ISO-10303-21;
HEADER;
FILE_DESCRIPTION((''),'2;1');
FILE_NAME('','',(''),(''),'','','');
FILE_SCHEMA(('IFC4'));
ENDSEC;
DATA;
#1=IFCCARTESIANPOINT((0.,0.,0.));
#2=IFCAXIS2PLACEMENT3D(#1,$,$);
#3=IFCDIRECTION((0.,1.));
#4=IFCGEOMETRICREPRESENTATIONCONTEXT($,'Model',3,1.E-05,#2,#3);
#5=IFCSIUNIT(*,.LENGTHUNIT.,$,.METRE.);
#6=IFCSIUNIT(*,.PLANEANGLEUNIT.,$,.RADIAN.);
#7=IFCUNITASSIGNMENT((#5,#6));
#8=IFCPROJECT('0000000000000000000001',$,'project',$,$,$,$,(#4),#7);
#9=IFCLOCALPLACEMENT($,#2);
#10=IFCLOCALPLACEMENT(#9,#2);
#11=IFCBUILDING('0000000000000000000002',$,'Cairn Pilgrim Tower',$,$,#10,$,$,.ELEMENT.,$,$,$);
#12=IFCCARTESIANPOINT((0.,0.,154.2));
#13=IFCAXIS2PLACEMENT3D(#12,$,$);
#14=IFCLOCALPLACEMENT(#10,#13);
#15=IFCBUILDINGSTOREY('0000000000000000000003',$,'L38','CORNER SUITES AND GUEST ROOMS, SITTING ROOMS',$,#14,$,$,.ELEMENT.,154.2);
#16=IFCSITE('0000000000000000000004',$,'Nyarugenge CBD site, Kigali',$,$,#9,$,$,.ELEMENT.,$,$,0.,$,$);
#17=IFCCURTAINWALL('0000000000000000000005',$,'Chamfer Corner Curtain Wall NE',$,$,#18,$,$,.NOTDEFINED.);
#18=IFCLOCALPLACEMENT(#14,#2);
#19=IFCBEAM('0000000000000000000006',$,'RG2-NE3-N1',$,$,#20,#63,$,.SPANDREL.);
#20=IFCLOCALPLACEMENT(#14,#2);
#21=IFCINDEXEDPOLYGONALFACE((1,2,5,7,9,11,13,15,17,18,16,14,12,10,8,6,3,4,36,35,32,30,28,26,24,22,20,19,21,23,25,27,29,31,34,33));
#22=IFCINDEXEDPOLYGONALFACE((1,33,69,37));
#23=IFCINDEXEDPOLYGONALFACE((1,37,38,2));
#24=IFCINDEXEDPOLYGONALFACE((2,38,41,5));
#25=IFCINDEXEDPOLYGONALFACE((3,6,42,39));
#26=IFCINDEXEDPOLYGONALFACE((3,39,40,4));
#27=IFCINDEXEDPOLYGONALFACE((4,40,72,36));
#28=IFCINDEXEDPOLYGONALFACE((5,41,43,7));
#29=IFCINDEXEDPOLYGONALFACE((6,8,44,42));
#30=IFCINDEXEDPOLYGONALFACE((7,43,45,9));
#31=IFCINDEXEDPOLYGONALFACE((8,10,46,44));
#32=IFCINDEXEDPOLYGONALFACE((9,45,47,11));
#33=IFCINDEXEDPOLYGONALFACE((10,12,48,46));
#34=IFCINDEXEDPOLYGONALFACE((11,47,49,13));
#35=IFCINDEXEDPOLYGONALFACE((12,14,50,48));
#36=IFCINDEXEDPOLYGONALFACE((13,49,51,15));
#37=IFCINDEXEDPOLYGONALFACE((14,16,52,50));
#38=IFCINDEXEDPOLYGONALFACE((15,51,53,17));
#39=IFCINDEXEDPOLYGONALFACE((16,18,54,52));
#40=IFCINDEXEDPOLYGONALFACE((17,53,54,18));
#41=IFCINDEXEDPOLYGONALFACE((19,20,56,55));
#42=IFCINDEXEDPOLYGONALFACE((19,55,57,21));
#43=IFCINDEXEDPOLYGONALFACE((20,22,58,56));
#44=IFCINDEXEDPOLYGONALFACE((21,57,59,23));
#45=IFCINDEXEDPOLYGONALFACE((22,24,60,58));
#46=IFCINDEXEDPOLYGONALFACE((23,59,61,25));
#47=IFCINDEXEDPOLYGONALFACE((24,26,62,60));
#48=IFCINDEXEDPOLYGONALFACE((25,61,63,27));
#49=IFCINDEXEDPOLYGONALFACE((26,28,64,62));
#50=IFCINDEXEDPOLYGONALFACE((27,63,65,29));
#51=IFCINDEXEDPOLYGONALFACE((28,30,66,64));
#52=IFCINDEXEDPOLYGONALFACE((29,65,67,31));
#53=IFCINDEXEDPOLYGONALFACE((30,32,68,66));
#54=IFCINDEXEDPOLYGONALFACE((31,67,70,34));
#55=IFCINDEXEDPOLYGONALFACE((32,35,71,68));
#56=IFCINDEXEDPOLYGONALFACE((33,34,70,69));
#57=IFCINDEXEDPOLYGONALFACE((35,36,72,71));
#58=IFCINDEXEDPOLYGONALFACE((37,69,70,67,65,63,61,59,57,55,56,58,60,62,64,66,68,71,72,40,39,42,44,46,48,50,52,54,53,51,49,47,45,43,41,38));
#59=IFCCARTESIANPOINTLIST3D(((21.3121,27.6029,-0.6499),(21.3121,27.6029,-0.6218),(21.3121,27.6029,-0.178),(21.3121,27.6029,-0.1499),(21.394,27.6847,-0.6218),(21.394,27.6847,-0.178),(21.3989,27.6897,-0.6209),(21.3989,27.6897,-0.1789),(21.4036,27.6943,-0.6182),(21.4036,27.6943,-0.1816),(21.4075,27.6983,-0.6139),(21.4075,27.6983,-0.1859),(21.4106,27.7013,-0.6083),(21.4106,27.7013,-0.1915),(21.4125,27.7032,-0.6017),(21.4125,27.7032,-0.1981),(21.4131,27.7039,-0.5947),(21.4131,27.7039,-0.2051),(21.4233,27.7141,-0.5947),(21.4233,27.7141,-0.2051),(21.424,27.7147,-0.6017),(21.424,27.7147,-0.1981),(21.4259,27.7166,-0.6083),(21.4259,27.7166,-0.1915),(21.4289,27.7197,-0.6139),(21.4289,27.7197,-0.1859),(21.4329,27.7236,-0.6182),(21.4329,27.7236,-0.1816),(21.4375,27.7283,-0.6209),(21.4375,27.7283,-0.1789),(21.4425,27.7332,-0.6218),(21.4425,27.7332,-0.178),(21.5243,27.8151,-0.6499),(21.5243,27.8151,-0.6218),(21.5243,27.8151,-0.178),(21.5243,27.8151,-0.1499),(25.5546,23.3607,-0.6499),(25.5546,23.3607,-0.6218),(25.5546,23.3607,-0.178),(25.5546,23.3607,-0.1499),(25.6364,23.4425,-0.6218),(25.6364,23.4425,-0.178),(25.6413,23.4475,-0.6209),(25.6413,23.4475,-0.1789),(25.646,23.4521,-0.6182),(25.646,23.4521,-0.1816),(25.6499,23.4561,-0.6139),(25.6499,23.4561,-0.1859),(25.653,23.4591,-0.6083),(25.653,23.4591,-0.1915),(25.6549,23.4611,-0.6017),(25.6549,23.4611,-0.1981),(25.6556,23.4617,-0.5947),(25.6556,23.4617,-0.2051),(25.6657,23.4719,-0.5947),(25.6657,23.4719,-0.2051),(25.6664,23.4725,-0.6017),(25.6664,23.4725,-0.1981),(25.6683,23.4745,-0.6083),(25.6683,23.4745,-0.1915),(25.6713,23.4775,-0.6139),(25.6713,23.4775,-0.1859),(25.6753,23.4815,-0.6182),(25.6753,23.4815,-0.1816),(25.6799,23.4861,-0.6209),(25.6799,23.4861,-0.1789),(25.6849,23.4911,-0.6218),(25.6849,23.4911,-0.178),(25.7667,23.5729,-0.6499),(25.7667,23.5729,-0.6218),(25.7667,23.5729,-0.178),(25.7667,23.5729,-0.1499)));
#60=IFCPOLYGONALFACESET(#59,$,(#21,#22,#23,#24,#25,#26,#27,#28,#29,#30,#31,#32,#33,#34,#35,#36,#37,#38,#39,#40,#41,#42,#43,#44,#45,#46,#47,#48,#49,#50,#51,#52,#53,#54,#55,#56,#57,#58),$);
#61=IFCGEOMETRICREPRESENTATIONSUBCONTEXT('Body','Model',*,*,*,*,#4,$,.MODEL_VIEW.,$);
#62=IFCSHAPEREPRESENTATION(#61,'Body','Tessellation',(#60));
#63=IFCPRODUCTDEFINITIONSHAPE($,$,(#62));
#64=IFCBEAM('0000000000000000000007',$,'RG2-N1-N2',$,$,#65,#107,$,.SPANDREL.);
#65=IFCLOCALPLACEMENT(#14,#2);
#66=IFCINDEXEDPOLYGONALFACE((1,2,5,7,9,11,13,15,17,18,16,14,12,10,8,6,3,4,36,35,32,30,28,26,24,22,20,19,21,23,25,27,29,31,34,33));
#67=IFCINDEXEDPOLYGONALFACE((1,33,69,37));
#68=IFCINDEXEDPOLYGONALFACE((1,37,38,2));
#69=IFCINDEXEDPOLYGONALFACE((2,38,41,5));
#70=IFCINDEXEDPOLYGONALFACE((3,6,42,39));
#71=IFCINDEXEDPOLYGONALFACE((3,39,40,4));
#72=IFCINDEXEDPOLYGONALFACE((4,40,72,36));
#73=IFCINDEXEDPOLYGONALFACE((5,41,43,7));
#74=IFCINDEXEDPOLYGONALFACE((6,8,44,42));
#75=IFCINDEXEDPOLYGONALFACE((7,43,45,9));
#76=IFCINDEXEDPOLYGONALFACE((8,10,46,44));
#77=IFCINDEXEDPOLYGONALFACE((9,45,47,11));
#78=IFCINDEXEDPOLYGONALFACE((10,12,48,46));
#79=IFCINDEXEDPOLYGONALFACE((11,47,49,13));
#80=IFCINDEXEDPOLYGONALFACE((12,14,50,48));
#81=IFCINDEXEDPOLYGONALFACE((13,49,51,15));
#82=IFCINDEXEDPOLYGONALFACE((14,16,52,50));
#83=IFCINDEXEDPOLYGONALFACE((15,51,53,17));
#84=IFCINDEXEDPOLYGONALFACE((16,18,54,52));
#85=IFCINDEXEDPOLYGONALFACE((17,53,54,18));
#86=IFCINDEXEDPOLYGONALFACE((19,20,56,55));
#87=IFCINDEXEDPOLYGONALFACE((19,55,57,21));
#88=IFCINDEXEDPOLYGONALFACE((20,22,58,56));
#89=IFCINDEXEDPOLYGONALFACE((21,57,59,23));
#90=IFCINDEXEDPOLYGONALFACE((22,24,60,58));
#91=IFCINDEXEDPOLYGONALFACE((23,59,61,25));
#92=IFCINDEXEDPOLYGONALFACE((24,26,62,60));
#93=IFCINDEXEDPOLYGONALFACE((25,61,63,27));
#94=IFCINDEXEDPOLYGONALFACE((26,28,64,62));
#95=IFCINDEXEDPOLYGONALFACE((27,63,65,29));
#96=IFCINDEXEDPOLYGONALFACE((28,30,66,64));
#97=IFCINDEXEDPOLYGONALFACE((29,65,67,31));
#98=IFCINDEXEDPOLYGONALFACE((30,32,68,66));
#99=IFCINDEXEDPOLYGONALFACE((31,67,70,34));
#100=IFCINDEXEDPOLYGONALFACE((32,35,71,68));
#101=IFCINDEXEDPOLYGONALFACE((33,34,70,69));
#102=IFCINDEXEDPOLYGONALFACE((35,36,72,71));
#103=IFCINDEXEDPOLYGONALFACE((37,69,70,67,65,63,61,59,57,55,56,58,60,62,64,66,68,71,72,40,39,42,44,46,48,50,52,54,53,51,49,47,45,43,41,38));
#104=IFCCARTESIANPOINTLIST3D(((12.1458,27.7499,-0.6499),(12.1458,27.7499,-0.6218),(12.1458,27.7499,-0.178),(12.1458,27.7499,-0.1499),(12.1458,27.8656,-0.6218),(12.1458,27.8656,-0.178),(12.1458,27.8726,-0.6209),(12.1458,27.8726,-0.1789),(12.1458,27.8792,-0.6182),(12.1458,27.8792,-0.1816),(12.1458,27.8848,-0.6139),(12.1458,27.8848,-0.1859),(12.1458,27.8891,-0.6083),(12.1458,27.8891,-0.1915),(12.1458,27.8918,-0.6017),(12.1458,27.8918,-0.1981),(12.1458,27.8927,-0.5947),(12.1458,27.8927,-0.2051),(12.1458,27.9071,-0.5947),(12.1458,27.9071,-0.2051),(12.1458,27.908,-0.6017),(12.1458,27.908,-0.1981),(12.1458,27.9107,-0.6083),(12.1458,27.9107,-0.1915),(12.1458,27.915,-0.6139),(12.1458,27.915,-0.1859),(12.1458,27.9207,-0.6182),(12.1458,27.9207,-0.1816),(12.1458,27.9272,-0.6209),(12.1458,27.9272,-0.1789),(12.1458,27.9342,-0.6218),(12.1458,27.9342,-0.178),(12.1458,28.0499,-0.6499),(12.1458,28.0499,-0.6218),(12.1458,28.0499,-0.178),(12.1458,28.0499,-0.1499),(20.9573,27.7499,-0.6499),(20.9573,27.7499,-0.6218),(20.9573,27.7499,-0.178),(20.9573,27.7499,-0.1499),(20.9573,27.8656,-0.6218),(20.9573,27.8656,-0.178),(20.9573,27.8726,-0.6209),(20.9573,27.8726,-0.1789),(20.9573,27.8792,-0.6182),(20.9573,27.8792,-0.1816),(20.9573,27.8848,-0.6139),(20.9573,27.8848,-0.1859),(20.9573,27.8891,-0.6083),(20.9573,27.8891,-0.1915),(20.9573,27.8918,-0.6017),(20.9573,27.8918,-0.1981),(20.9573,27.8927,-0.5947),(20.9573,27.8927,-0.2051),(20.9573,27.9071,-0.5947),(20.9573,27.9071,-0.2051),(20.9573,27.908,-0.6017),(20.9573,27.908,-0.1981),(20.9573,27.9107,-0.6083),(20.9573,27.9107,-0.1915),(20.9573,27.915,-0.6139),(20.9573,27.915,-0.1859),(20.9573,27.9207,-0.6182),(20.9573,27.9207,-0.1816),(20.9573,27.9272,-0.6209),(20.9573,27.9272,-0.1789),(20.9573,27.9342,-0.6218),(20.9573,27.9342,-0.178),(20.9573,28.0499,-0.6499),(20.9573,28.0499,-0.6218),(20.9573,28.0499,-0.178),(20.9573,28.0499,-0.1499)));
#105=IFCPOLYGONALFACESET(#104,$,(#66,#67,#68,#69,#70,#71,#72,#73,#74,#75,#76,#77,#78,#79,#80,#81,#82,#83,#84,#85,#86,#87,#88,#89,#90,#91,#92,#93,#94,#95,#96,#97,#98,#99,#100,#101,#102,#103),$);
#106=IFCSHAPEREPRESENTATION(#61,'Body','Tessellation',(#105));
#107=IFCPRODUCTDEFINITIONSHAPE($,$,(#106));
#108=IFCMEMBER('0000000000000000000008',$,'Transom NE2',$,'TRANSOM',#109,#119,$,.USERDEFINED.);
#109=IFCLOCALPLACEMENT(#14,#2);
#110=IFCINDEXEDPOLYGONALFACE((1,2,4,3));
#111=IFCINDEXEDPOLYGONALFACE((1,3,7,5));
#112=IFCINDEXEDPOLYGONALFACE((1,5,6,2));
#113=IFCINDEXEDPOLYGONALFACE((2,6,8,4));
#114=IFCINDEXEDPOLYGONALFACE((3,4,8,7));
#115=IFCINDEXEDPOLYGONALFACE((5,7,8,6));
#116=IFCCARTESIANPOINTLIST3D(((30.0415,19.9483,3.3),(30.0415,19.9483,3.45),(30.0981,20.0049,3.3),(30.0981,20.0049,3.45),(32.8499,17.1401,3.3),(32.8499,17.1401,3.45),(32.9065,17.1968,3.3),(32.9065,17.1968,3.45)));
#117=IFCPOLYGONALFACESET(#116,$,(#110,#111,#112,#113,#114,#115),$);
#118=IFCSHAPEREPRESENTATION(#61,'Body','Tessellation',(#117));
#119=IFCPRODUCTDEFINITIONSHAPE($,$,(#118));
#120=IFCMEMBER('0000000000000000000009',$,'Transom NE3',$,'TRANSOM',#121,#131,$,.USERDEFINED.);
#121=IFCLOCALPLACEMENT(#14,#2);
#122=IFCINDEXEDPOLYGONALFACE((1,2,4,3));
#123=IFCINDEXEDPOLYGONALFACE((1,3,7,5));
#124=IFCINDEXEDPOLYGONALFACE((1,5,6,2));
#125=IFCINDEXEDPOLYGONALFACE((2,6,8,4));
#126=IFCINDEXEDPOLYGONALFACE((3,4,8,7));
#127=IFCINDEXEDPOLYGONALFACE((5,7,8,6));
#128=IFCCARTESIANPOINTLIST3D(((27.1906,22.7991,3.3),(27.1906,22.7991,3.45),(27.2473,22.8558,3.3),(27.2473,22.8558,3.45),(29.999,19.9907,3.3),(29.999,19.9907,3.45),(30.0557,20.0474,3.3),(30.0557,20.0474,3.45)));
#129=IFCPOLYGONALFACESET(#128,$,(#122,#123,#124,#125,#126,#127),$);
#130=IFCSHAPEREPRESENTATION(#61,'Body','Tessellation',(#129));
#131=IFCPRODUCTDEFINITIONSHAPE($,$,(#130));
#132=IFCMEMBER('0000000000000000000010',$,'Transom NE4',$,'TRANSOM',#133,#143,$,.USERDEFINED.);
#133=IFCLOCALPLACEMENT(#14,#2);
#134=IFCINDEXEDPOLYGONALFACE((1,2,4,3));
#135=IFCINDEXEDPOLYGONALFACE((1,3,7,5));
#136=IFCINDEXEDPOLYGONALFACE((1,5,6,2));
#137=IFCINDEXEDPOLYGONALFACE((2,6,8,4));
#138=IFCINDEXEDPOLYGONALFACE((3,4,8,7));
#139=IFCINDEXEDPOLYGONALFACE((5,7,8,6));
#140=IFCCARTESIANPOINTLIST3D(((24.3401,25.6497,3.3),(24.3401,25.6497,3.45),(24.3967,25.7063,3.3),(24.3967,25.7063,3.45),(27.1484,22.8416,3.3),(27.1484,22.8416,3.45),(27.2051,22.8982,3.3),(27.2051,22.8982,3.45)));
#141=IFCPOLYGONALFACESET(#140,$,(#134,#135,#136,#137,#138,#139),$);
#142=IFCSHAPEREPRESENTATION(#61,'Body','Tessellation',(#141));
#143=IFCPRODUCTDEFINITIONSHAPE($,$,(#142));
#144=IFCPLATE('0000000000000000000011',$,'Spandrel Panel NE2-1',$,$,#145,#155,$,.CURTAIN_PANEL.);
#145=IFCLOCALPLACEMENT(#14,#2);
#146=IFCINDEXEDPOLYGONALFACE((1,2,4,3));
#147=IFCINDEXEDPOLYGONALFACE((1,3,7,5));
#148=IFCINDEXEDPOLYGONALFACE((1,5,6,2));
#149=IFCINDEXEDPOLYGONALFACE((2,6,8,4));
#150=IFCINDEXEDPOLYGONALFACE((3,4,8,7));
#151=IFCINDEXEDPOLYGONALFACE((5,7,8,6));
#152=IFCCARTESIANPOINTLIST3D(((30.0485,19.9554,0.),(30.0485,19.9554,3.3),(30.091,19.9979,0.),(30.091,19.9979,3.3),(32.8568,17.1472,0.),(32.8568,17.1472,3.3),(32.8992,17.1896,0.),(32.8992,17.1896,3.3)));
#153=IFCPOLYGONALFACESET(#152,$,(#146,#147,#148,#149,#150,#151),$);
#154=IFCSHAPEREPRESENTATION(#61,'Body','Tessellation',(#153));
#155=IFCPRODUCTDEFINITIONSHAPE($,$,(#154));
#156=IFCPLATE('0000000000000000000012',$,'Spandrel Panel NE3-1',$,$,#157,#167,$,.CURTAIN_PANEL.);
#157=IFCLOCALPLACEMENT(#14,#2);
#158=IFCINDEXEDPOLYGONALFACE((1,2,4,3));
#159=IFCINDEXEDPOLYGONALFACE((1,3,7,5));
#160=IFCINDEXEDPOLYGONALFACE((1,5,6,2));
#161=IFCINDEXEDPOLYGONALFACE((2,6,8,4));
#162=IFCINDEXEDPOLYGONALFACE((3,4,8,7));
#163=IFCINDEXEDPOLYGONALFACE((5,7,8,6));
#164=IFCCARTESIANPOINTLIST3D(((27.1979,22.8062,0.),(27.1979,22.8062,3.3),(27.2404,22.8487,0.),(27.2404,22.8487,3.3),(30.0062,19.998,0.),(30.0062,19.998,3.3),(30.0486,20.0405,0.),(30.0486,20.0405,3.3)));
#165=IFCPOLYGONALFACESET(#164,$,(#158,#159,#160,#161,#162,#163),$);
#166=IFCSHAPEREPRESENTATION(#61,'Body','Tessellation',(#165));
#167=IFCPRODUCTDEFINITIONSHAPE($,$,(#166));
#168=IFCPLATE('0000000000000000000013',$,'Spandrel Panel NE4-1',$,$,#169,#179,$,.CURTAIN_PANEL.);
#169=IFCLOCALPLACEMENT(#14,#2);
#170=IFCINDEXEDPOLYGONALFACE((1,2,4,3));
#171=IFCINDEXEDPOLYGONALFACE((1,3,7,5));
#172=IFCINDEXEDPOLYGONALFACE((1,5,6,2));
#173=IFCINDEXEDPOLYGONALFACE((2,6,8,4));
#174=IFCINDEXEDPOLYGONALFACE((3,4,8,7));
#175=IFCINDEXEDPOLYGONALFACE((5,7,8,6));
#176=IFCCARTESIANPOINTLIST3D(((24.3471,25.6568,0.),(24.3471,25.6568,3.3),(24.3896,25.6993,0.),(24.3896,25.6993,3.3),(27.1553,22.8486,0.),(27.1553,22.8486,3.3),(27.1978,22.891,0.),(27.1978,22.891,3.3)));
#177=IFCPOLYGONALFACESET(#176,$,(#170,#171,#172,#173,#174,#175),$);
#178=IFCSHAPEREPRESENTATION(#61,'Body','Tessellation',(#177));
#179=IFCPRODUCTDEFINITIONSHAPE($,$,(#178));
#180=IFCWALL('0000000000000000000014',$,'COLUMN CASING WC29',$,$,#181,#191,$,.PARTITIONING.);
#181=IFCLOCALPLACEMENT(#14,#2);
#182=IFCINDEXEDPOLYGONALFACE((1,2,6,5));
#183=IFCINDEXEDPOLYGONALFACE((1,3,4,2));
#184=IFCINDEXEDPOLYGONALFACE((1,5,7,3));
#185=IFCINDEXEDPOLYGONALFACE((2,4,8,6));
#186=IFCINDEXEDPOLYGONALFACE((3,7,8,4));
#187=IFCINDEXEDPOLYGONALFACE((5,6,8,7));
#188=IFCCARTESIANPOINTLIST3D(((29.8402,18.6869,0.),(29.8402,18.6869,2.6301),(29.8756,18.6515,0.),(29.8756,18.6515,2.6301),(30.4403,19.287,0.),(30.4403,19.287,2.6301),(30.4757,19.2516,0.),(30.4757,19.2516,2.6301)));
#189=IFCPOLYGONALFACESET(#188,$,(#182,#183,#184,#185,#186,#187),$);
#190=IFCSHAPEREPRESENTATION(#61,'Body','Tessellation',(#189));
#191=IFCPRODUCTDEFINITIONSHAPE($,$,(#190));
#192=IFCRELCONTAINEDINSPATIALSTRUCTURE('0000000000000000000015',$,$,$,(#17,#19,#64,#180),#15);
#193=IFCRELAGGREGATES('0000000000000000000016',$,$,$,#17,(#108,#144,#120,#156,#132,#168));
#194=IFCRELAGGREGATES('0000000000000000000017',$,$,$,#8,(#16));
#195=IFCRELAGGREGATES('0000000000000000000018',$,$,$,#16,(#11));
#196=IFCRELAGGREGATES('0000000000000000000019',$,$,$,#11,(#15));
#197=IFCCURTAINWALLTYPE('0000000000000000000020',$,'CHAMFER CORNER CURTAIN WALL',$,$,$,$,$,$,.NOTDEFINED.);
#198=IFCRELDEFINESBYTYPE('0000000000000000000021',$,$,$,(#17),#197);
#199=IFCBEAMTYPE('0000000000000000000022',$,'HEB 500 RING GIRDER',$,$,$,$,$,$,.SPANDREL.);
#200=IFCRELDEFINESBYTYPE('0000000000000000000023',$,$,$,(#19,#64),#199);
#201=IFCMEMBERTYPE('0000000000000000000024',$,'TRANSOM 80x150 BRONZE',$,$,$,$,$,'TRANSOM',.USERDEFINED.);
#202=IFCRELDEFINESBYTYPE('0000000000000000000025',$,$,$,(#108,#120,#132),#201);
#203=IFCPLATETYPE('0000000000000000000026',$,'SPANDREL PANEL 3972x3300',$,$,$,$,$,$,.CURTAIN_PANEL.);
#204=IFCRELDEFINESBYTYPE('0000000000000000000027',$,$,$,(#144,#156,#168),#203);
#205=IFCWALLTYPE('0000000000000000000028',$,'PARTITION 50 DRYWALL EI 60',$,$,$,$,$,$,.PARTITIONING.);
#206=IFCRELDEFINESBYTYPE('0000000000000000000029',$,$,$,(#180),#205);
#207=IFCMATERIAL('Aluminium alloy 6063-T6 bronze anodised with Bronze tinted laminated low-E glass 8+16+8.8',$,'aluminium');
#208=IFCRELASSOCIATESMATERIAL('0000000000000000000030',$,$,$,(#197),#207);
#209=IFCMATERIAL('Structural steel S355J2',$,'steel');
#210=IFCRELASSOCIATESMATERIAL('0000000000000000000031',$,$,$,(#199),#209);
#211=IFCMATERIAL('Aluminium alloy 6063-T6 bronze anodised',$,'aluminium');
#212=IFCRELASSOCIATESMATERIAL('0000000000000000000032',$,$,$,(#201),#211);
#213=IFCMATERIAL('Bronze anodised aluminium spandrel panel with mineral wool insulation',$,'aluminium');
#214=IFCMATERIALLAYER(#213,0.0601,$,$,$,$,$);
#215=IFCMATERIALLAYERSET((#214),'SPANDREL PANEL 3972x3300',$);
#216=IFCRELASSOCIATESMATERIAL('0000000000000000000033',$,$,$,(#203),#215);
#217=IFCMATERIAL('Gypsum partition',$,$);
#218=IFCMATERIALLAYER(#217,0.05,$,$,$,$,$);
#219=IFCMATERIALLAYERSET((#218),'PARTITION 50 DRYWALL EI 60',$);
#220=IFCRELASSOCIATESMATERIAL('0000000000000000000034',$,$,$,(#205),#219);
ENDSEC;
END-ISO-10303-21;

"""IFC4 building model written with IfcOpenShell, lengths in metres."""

from ifc_helpers import new_model, si_unit, direction, frame, frame_2d, origin, origin_2d, place, context, subcontext, project, spatial, rectangle, i_section, extrude, material, layer, layer_set, material_profile, profile_set, type_object, element, aggregate, save


model = new_model("IFC4")

# Units and contexts
model_context = context("Model", 3, precision=1e-05, world=origin(), true_north=direction((0.0, 1.0)))
body_context = subcontext(model_context, "Body", "Model", "MODEL_VIEW")
ifc_project = project(units=[si_unit("LENGTHUNIT", "METRE"), si_unit("PLANEANGLEUNIT", "RADIAN")], contexts=[model_context])

# Site, building, storey
site_placement = place(None, origin())
site = spatial("IfcSite", under=ifc_project, at=site_placement, Name="Nyarugenge CBD site, Kigali", CompositionType="ELEMENT", RefElevation=0.0)
building_placement = place(site_placement, origin())
building = spatial("IfcBuilding", under=site, at=building_placement, Name="Cairn Pilgrim Tower", CompositionType="ELEMENT")
storey_placement = place(building_placement, frame((0.0, 0.0, 154.2)))
storey = spatial("IfcBuildingStorey", under=building, at=storey_placement, Name="L38", Description="CORNER SUITES AND GUEST ROOMS, SITTING ROOMS", CompositionType="ELEMENT", Elevation=154.2)

# Shared definitions
ifc_material_1 = material(Name="Structural steel S355J2", Category="steel")

# Curtain wall
ifc_material_2 = material(Name="Aluminium alloy 6063-T6 bronze anodised with Bronze tinted laminated low-E glass 8+16+8.8", Category="aluminium")
curtain_wall_type_1 = type_object("IfcCurtainWallType", Name="CHAMFER CORNER CURTAIN WALL", PredefinedType="NOTDEFINED", material=ifc_material_2)
curtain_wall_1_placement = place(storey_placement, origin())
curtain_wall_1 = element("IfcCurtainWall", 1, at=curtain_wall_1_placement, inside=storey, type_object=curtain_wall_type_1, Name="Chamfer Corner Curtain Wall NE", PredefinedType="NOTDEFINED")
ifc_material_3 = material(Name="Aluminium alloy 6063-T6 bronze anodised", Category="aluminium")

# Beams
ifc_material_profile_1 = material_profile(ifc_material_1, i_section(OverallWidth=0.3, OverallDepth=0.5, WebThickness=0.0144, FlangeThickness=0.0281, FilletRadius=0.0271, at=origin_2d()), Name="HEB 500")
ifc_profile_set_1 = profile_set([ifc_material_profile_1], Name="Structural steel S355J2")
beam_type_1 = type_object("IfcBeamType", Name="HEB 500 RING GIRDER", PredefinedType="SPANDREL", material=ifc_profile_set_1)
beam_1_placement = place(storey_placement, frame((25.6606, 23.4668, -0.3999), z_axis=(-0.707127, 0.707086, 0.0), x_axis=(-0.707086, -0.707127, 0.0)))
element("IfcBeam", 2, at=beam_1_placement, inside=storey, type_object=beam_type_1, Name="RG2-NE3-N1", PredefinedType="SPANDREL", context=body_context, shape_type="SweptSolid", body=[
    extrude(i_section(OverallWidth=0.3, OverallDepth=0.5, WebThickness=0.0144, FlangeThickness=0.0281, FilletRadius=0.0271, at=origin_2d()), origin(), (0.0, 0.0, 1.0), 5.9995),
])
beam_2_placement = place(storey_placement, frame((20.9573, 27.8999, -0.3999), z_axis=(-1.0, 0.0, 0.0), x_axis=(0.0, -1.0, 0.0)))
element("IfcBeam", 3, at=beam_2_placement, inside=storey, type_object=beam_type_1, Name="RG2-N1-N2", PredefinedType="SPANDREL", context=body_context, shape_type="SweptSolid", body=[
    extrude(i_section(OverallWidth=0.3, OverallDepth=0.5, WebThickness=0.0144, FlangeThickness=0.0281, FilletRadius=0.0271, at=origin_2d()), origin(), (0.0, 0.0, 1.0), 8.8115),
])

# Members
ifc_material_profile_2 = material_profile(ifc_material_3, rectangle(XDim=0.0801, YDim=0.1499, at=origin_2d()), Name="TRANSOM 80x150 BRONZE")
ifc_profile_set_2 = profile_set([ifc_material_profile_2], Name="Aluminium alloy 6063-T6 bronze anodised")
member_type_1 = type_object("IfcMemberType", Name="TRANSOM 80x150 BRONZE", ElementType="TRANSOM", PredefinedType="USERDEFINED", material=ifc_profile_set_2)
member_1_placement = place(storey_placement, frame((32.8782, 17.1685, 3.375), z_axis=(-0.707138, 0.707076, 0.0), x_axis=(-0.707076, -0.707138, 0.0)))
member_1 = element("IfcMember", 4, at=member_1_placement, type_object=member_type_1, Name="Transom NE2", ObjectType="TRANSOM", PredefinedType="USERDEFINED", context=body_context, shape_type="SweptSolid", body=[
    extrude(rectangle(XDim=0.0801, YDim=0.1499, at=origin_2d()), origin(), (0.0, 0.0, 1.0), 3.9714),
])
member_2_placement = place(storey_placement, frame((30.0273, 20.019, 3.375), z_axis=(-0.707107, 0.707107, 0.0), x_axis=(-0.707107, -0.707107, 0.0)))
member_2 = element("IfcMember", 5, at=member_2_placement, type_object=member_type_1, Name="Transom NE3", ObjectType="TRANSOM", PredefinedType="USERDEFINED", context=body_context, shape_type="SweptSolid", body=[
    extrude(rectangle(XDim=0.0801, YDim=0.1499, at=origin_2d()), origin(), (0.0, 0.0, 1.0), 3.9717),
])
member_3_placement = place(storey_placement, frame((27.1768, 22.8699, 3.375), z_axis=(-0.707138, 0.707076, 0.0), x_axis=(-0.707076, -0.707138, 0.0)))
member_3 = element("IfcMember", 6, at=member_3_placement, type_object=member_type_1, Name="Transom NE4", ObjectType="TRANSOM", PredefinedType="USERDEFINED", context=body_context, shape_type="SweptSolid", body=[
    extrude(rectangle(XDim=0.0801, YDim=0.1499, at=origin_2d()), origin(), (0.0, 0.0, 1.0), 3.9714),
])

# Plates
ifc_material_4 = material(Name="Bronze anodised aluminium spandrel panel with mineral wool insulation", Category="aluminium")
ifc_layer_1 = layer(ifc_material_4, 0.0601)
ifc_layer_set_1 = layer_set([ifc_layer_1], Name="SPANDREL PANEL 3972x3300")
plate_type = type_object("IfcPlateType", Name="SPANDREL PANEL 3972x3300", PredefinedType="CURTAIN_PANEL", material=ifc_layer_set_1)
plate_1_placement = place(storey_placement, frame((31.4739, 18.5725, 0.0), z_axis=(0.0, 0.0, 1.0), x_axis=(-0.707107, 0.707107, 0.0)))
plate_1 = element("IfcPlate", 7, at=plate_1_placement, type_object=plate_type, Name="Spandrel Panel NE2-1", PredefinedType="CURTAIN_PANEL", context=body_context, shape_type="SweptSolid", body=[
    extrude(rectangle(XDim=3.9714, YDim=0.0601, at=origin_2d()), origin(), (0.0, 0.0, 1.0), 3.3),
])
plate_2_placement = place(storey_placement, frame((28.6233, 21.4233, 0.0), z_axis=(0.0, 0.0, 1.0), x_axis=(-0.707107, 0.707107, 0.0)))
plate_2 = element("IfcPlate", 8, at=plate_2_placement, type_object=plate_type, Name="Spandrel Panel NE3-1", PredefinedType="CURTAIN_PANEL", context=body_context, shape_type="SweptSolid", body=[
    extrude(rectangle(XDim=3.9714, YDim=0.0601, at=origin_2d()), origin(), (0.0, 0.0, 1.0), 3.3),
])
plate_3_placement = place(storey_placement, frame((25.7725, 24.2739, 0.0), z_axis=(0.0, 0.0, 1.0), x_axis=(-0.707107, 0.707107, 0.0)))
plate_3 = element("IfcPlate", 9, at=plate_3_placement, type_object=plate_type, Name="Spandrel Panel NE4-1", PredefinedType="CURTAIN_PANEL", context=body_context, shape_type="SweptSolid", body=[
    extrude(rectangle(XDim=3.9714, YDim=0.0601, at=origin_2d()), origin(), (0.0, 0.0, 1.0), 3.3),
])
aggregate(curtain_wall_1, [member_1, plate_1, member_2, plate_2, member_3, plate_3])

# Wall
ifc_material_5 = material(Name="Gypsum partition")
ifc_layer_2 = layer(ifc_material_5, 0.05)
ifc_layer_set_2 = layer_set([ifc_layer_2], Name="PARTITION 50 DRYWALL EI 60")
wall_type_1 = type_object("IfcWallType", Name="PARTITION 50 DRYWALL EI 60", PredefinedType="PARTITIONING", material=ifc_layer_set_2)
wall_1_placement = place(storey_placement, frame((29.8579, 18.6692, 0.0), z_axis=(0.0, 0.0, 1.0), x_axis=(0.707107, 0.707107, 0.0)))
element("IfcWall", 10, at=wall_1_placement, inside=storey, type_object=wall_type_1, Name="COLUMN CASING WC29", PredefinedType="PARTITIONING", context=body_context, shape_type="SweptSolid", body=[
    extrude(rectangle(XDim=0.8486, YDim=0.05, at=frame_2d((0.4243, 0.0))), origin(), (0.0, 0.0, 1.0), 2.6301),
])

save(model, "model.ifc")
